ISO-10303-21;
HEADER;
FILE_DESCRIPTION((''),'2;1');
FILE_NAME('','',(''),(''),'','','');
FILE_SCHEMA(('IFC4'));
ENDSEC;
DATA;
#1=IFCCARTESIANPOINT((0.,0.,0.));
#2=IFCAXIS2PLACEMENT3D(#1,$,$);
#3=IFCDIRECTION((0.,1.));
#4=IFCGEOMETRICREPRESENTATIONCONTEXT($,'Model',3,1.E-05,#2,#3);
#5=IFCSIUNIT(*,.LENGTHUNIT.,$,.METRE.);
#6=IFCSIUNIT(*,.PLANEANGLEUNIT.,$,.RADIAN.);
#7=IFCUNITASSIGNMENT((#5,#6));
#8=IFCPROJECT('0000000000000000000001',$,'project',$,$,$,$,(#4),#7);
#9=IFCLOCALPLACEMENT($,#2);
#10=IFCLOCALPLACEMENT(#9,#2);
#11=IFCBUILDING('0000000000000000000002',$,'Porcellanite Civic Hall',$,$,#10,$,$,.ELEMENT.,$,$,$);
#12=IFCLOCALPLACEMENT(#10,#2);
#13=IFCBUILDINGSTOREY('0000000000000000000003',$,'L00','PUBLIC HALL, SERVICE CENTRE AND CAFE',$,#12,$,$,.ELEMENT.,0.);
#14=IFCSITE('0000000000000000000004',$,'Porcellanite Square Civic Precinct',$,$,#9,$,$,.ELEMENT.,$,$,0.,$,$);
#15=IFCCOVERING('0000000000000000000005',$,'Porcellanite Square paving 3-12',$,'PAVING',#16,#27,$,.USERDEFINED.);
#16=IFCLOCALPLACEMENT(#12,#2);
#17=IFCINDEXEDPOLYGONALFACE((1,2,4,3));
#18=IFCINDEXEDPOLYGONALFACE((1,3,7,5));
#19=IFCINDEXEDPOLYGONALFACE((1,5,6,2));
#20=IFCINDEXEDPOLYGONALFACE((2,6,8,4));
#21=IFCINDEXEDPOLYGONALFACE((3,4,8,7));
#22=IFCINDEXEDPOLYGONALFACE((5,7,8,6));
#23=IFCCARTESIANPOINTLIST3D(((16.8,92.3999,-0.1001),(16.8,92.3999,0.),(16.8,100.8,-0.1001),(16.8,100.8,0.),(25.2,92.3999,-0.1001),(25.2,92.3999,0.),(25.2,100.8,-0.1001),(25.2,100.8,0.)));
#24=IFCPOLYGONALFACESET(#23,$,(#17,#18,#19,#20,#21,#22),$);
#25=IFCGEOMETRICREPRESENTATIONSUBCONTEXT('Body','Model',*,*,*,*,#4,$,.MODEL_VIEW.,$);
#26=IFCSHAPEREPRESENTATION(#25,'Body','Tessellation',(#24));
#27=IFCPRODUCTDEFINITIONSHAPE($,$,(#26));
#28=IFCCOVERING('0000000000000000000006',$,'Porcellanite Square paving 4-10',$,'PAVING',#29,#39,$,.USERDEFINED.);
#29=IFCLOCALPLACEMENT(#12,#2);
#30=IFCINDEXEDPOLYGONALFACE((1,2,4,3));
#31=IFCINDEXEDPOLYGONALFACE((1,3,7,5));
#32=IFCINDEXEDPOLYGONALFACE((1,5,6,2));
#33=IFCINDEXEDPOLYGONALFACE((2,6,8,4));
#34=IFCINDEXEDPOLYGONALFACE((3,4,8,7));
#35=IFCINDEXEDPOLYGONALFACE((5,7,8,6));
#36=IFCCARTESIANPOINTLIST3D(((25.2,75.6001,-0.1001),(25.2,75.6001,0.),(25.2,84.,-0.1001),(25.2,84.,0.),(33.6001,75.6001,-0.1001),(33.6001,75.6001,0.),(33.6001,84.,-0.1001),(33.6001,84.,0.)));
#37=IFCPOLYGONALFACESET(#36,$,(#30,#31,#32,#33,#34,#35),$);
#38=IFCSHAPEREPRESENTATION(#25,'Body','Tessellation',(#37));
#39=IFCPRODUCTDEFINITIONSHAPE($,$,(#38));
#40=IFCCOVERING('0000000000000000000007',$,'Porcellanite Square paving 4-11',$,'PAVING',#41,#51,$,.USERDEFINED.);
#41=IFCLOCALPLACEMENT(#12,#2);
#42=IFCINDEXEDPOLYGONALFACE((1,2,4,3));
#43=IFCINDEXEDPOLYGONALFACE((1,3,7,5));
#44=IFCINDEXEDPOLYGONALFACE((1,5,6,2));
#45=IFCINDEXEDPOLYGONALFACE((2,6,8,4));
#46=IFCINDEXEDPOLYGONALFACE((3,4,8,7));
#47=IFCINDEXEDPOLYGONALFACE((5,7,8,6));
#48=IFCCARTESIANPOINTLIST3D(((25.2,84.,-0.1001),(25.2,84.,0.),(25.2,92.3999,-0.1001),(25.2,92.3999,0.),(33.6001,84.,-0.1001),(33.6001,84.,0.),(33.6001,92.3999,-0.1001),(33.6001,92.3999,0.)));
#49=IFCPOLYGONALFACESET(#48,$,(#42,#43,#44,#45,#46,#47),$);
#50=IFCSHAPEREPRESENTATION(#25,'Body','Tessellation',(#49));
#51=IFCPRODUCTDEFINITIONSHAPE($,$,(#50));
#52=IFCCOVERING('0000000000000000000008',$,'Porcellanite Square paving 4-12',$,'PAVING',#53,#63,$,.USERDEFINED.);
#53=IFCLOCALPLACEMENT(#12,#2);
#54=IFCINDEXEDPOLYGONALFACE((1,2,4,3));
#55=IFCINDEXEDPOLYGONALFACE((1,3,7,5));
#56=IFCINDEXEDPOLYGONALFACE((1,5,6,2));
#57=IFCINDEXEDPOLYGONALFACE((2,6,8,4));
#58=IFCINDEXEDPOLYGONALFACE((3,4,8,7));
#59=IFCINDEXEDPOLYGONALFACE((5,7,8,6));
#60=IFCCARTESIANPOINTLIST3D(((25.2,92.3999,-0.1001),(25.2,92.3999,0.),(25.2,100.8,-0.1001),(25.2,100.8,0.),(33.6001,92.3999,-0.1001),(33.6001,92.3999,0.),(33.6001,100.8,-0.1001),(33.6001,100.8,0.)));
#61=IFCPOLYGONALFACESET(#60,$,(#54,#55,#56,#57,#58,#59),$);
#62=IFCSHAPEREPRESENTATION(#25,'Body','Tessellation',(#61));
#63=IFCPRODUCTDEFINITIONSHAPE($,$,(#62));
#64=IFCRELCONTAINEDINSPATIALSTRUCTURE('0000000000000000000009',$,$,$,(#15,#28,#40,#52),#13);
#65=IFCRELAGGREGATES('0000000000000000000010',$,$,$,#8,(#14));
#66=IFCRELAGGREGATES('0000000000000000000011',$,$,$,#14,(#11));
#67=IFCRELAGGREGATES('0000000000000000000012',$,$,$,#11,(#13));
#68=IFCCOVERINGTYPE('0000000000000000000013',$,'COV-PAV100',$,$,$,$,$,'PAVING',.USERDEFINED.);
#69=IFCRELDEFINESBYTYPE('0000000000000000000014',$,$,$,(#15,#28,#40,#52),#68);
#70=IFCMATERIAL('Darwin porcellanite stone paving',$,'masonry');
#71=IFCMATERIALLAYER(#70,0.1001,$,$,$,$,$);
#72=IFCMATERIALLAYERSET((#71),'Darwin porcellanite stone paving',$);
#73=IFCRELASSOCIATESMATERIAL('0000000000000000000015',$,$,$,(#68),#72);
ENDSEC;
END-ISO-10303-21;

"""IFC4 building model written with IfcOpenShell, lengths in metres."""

from ifc_helpers import new_model, si_unit, direction, frame, origin, place, context, subcontext, project, spatial, polyline, outline, extrude, material, layer, layer_set, type_object, element, save


model = new_model("IFC4")

# Units and contexts
model_context = context("Model", 3, precision=1e-05, world=origin(), true_north=direction((0.0, 1.0)))
body_context = subcontext(model_context, "Body", "Model", "MODEL_VIEW")
ifc_project = project(units=[si_unit("LENGTHUNIT", "METRE"), si_unit("PLANEANGLEUNIT", "RADIAN")], contexts=[model_context])

# Site, building, storey
site_placement = place(None, origin())
site = spatial("IfcSite", under=ifc_project, at=site_placement, Name="Porcellanite Square Civic Precinct", CompositionType="ELEMENT", RefElevation=0.0)
building_placement = place(site_placement, origin())
building = spatial("IfcBuilding", under=site, at=building_placement, Name="Porcellanite Civic Hall", CompositionType="ELEMENT")
storey_placement = place(building_placement, origin())
storey = spatial("IfcBuildingStorey", under=building, at=storey_placement, Name="L00", Description="PUBLIC HALL, SERVICE CENTRE AND CAFE", CompositionType="ELEMENT", Elevation=0.0)

# Coverings
ifc_material_1 = material(Name="Darwin porcellanite stone paving", Category="masonry")
ifc_layer_1 = layer(ifc_material_1, 0.1001)
ifc_layer_set_1 = layer_set([ifc_layer_1], Name="Darwin porcellanite stone paving")
covering_type = type_object("IfcCoveringType", Name="COV-PAV100", ElementType="PAVING", PredefinedType="USERDEFINED", material=ifc_layer_set_1)
covering_1_placement = place(storey_placement, frame((0.0, 0.0, -0.1001)))
element("IfcCovering", 1, at=covering_1_placement, inside=storey, type_object=covering_type, Name="Porcellanite Square paving 3-12", ObjectType="PAVING", PredefinedType="USERDEFINED", context=body_context, shape_type="SweptSolid", body=[
    extrude(outline(polyline([(16.8, 92.3999), (25.2, 92.3999), (25.2, 100.8), (16.8, 100.8), (16.8, 92.3999)])), origin(), (0.0, 0.0, 1.0), 0.1001),
])
covering_2_placement = place(storey_placement, frame((0.0, 0.0, -0.1001)))
element("IfcCovering", 2, at=covering_2_placement, inside=storey, type_object=covering_type, Name="Porcellanite Square paving 4-10", ObjectType="PAVING", PredefinedType="USERDEFINED", context=body_context, shape_type="SweptSolid", body=[
    extrude(outline(polyline([(25.2, 75.6001), (33.6001, 75.6001), (33.6001, 84.0), (25.2, 84.0), (25.2, 75.6001)])), origin(), (0.0, 0.0, 1.0), 0.1001),
])
covering_3_placement = place(storey_placement, frame((0.0, 0.0, -0.1001)))
element("IfcCovering", 3, at=covering_3_placement, inside=storey, type_object=covering_type, Name="Porcellanite Square paving 4-11", ObjectType="PAVING", PredefinedType="USERDEFINED", context=body_context, shape_type="SweptSolid", body=[
    extrude(outline(polyline([(25.2, 84.0), (33.6001, 84.0), (33.6001, 92.3999), (25.2, 92.3999), (25.2, 84.0)])), origin(), (0.0, 0.0, 1.0), 0.1001),
])
covering_4_placement = place(storey_placement, frame((0.0, 0.0, -0.1001)))
element("IfcCovering", 4, at=covering_4_placement, inside=storey, type_object=covering_type, Name="Porcellanite Square paving 4-12", ObjectType="PAVING", PredefinedType="USERDEFINED", context=body_context, shape_type="SweptSolid", body=[
    extrude(outline(polyline([(25.2, 92.3999), (33.6001, 92.3999), (33.6001, 100.8), (25.2, 100.8), (25.2, 92.3999)])), origin(), (0.0, 0.0, 1.0), 0.1001),
])

save(model, "model.ifc")
